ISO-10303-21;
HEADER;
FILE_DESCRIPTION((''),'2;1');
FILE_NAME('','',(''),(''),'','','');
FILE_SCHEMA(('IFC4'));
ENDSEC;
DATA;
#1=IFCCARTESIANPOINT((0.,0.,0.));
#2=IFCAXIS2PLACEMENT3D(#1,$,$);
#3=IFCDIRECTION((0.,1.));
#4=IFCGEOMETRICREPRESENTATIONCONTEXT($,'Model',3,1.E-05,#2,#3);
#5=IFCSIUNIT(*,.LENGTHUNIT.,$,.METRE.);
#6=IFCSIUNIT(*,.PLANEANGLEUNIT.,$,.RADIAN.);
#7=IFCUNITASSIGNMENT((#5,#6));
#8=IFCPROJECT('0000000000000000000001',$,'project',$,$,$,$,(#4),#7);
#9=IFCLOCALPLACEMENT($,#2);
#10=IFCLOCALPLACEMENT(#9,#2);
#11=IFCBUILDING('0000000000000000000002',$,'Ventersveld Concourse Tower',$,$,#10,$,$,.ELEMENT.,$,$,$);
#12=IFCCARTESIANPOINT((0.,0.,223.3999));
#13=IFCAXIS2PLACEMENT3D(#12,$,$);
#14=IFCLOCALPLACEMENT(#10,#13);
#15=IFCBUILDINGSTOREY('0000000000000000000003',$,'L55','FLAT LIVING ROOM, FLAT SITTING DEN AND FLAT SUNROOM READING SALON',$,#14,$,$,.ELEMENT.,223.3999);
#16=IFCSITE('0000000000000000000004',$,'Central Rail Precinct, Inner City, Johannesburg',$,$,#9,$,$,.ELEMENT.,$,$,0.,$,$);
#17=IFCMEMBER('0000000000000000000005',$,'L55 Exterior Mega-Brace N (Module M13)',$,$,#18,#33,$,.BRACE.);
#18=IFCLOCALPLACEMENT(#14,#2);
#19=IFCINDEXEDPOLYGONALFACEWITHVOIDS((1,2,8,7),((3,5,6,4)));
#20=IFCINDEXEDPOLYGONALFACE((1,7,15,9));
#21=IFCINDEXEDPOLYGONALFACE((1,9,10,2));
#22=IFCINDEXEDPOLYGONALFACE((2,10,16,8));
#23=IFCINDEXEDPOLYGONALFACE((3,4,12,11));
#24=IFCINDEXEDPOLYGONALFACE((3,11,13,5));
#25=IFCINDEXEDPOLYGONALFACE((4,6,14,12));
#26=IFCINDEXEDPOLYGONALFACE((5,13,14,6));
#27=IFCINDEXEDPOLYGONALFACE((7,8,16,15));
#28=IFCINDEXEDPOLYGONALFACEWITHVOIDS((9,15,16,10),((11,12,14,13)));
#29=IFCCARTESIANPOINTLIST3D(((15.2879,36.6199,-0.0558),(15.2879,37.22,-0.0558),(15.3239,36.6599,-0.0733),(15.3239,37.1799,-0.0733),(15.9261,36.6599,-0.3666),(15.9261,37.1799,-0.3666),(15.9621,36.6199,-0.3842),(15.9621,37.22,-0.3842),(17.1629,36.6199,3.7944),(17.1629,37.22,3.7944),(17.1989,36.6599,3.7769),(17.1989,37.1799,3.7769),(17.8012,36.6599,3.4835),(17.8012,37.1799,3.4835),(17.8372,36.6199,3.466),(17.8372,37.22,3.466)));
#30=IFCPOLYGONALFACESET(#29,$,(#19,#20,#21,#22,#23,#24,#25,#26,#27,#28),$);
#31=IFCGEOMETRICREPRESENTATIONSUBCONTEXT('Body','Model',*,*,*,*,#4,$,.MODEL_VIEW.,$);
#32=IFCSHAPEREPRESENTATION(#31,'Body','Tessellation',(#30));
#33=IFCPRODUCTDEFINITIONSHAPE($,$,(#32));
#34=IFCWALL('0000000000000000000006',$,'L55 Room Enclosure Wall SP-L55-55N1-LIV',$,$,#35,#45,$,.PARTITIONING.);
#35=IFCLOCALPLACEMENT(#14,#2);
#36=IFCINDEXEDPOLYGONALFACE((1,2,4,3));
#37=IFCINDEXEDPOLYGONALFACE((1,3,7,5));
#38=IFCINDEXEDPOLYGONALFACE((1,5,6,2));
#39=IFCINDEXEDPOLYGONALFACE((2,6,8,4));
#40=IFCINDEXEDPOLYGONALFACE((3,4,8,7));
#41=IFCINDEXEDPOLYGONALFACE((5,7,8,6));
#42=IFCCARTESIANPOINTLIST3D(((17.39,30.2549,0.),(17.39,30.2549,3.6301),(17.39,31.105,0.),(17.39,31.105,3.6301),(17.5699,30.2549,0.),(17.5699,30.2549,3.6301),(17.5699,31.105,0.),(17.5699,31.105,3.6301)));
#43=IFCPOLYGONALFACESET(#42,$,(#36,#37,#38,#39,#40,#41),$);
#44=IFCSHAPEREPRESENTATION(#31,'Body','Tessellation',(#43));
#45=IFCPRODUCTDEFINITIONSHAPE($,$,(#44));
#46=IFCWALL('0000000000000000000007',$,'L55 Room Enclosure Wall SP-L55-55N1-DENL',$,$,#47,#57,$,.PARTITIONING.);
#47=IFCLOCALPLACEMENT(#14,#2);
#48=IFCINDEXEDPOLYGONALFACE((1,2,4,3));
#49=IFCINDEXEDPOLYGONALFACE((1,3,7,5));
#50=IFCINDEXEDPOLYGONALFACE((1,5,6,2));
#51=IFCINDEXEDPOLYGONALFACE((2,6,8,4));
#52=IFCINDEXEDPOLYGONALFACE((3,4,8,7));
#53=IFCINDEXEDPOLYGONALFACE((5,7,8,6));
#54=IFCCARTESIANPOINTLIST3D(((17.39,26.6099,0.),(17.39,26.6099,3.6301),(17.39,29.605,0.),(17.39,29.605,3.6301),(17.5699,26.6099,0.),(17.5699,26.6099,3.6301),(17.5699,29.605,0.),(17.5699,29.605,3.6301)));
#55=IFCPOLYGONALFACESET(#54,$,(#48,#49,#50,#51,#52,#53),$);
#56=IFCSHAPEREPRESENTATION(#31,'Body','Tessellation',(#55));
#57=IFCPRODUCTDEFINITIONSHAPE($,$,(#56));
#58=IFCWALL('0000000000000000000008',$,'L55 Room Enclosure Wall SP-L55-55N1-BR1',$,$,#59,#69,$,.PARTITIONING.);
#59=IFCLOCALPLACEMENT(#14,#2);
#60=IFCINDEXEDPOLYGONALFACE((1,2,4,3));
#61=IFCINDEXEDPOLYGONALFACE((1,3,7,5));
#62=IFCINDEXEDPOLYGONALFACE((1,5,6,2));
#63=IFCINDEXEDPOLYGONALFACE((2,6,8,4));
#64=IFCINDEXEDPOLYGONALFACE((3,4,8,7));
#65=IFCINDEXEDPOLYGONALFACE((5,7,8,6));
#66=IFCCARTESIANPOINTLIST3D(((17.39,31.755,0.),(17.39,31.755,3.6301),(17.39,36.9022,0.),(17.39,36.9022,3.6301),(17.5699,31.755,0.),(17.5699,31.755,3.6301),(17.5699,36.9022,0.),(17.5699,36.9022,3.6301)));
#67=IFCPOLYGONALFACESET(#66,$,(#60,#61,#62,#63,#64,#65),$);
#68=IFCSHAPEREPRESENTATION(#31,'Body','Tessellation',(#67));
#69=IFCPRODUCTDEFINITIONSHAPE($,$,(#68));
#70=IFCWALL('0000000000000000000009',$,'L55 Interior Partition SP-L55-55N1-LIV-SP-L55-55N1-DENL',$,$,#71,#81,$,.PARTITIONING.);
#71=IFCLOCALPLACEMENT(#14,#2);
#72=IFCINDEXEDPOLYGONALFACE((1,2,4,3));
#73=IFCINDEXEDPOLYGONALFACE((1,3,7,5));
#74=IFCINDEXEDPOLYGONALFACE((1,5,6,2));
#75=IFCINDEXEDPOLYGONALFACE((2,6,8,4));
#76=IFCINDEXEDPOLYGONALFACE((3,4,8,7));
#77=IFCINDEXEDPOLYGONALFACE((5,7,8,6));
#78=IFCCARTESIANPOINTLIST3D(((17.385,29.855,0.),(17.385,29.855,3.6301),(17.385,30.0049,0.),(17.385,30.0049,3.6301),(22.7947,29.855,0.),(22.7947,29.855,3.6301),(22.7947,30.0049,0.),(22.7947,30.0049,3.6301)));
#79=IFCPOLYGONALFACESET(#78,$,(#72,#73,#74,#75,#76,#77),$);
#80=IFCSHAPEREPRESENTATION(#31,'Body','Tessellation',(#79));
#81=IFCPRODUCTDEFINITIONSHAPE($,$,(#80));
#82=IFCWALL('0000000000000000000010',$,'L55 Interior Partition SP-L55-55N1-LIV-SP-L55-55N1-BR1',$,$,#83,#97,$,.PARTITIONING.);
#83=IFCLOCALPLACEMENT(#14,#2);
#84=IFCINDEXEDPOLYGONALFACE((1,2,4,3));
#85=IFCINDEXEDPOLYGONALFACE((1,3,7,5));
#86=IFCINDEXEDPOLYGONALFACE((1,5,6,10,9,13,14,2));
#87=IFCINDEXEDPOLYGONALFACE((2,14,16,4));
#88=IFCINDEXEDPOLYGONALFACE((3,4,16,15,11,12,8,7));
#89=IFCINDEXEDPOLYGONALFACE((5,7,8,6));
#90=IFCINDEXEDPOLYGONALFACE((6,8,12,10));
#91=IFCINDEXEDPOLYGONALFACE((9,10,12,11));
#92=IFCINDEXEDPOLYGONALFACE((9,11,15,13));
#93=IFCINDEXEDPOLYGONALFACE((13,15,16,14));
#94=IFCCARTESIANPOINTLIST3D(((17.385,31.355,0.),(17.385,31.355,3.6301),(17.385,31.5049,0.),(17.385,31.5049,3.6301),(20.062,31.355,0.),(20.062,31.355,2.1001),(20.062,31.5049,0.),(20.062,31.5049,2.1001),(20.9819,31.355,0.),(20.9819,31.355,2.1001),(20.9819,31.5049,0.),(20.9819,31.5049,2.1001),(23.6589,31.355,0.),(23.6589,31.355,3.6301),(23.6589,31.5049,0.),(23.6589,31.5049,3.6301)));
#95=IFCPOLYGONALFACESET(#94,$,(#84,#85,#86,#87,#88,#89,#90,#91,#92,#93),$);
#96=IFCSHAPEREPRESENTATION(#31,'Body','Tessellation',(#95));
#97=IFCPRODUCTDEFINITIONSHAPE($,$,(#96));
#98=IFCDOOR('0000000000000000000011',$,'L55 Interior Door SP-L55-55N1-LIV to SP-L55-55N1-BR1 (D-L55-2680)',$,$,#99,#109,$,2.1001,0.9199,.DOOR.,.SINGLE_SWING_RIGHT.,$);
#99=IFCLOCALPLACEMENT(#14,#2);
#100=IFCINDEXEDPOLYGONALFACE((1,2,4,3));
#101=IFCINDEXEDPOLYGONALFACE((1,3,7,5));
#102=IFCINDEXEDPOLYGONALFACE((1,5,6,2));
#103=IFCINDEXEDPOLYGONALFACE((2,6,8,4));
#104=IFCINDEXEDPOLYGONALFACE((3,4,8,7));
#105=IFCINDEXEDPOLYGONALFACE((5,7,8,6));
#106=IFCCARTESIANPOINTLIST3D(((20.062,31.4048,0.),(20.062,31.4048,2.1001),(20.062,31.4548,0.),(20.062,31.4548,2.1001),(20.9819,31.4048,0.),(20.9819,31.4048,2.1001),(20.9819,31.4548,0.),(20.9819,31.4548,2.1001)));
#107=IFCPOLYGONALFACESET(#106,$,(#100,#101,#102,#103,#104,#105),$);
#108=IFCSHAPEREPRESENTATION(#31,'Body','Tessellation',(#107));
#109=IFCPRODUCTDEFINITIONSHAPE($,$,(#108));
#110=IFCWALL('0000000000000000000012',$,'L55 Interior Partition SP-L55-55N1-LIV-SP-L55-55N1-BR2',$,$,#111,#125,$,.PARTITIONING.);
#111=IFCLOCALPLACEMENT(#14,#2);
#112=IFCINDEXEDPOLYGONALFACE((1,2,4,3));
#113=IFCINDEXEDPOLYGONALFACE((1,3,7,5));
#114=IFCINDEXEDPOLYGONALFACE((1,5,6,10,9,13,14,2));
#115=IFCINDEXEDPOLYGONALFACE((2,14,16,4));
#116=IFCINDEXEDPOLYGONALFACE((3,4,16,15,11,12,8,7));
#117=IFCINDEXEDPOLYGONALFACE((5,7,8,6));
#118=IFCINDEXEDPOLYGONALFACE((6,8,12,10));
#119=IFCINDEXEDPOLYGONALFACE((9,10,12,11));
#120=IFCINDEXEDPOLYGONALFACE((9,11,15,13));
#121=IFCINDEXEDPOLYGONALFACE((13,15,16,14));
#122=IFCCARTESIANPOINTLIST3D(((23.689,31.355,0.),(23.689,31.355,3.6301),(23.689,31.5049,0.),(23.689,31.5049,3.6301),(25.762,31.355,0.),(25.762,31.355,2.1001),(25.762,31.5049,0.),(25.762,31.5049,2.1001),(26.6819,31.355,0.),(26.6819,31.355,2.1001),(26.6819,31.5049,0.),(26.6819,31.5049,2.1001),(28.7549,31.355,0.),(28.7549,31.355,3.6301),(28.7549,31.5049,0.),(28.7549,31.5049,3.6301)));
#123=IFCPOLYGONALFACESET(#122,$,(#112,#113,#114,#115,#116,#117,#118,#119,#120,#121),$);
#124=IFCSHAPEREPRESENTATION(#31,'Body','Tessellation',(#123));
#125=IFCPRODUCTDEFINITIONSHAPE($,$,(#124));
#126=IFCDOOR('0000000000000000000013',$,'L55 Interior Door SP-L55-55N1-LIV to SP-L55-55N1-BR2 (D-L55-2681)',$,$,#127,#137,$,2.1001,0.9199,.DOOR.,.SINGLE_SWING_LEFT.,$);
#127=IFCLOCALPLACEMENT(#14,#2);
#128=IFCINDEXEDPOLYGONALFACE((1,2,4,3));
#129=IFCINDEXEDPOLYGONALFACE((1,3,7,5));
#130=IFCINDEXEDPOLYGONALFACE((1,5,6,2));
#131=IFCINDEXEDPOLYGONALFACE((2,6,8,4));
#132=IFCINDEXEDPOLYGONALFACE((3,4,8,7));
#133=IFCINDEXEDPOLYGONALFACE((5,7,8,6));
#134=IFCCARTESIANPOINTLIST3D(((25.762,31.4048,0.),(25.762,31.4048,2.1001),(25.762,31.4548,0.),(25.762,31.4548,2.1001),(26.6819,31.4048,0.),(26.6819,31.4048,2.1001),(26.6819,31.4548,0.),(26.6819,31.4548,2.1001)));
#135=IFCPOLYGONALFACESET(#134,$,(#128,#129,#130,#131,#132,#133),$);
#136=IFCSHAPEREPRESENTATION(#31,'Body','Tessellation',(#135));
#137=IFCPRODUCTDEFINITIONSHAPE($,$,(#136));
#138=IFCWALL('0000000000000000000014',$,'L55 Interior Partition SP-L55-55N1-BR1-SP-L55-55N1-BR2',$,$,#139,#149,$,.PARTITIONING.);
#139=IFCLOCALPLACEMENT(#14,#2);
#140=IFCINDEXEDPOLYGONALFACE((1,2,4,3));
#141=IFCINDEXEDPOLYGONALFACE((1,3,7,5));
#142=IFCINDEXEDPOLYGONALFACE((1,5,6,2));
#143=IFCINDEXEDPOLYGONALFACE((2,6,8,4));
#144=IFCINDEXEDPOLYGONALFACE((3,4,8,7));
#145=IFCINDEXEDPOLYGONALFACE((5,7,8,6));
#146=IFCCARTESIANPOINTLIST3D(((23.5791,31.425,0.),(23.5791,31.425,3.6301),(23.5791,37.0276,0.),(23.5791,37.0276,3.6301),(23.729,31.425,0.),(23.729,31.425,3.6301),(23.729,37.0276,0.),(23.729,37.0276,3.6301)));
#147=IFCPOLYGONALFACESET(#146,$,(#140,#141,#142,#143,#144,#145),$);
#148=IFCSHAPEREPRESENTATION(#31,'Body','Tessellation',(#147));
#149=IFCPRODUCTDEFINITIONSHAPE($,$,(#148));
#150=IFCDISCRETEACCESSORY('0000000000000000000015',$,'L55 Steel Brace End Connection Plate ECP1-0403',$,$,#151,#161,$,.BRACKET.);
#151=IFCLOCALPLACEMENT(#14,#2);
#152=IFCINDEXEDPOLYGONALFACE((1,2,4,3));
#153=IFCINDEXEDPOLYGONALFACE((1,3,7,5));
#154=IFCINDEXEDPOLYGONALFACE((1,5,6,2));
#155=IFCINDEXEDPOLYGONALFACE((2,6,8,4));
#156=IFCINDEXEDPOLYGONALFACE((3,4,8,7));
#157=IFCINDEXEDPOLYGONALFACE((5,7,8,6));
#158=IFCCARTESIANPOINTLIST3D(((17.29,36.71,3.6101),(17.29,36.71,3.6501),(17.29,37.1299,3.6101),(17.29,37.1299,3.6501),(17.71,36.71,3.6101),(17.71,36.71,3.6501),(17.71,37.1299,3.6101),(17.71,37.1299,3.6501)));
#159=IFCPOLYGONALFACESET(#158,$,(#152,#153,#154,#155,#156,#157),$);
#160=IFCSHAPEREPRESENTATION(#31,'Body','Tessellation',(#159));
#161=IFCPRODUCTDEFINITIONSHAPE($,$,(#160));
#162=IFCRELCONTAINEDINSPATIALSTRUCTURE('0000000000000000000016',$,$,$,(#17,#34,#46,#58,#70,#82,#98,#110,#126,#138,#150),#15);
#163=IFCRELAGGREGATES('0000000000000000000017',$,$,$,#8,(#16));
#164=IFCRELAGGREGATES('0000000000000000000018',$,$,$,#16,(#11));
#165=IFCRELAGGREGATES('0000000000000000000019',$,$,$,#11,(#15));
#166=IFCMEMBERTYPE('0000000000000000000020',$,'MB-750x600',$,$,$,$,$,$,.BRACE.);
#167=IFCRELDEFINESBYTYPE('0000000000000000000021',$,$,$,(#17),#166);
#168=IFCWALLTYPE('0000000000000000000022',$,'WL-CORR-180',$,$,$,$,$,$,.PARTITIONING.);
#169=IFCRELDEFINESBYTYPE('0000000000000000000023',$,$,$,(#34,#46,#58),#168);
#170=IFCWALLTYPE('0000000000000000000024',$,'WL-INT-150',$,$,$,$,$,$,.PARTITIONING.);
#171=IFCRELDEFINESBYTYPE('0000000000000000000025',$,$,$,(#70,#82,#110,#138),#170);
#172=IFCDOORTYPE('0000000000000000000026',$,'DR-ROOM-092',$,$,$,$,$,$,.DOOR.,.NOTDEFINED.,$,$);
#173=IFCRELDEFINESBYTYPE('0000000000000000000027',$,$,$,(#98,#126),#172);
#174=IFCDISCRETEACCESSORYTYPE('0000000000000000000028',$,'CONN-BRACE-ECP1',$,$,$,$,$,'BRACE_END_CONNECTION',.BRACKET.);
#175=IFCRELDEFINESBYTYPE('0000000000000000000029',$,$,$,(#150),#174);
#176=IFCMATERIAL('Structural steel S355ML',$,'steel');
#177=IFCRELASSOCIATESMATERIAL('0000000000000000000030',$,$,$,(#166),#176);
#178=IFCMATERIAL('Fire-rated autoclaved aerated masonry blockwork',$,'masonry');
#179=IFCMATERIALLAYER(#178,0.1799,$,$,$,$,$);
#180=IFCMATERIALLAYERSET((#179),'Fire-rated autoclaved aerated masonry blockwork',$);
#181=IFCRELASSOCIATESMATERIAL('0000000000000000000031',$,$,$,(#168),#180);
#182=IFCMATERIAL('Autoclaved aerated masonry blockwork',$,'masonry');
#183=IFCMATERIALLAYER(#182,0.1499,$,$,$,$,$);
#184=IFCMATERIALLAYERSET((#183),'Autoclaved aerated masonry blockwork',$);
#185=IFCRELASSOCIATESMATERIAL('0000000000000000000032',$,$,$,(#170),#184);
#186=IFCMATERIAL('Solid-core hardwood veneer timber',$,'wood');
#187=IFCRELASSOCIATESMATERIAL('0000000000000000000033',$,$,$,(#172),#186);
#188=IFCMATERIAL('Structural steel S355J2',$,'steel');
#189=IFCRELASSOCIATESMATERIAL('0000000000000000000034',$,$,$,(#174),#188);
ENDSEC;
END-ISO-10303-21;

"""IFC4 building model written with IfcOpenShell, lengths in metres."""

from ifc_helpers import new_model, si_unit, direction, frame, frame_2d, origin, origin_2d, place, context, subcontext, project, spatial, rectangle, hollow_rectangle, extrude, material, layer, layer_set, material_profile, profile_set, type_object, element, fill, save


model = new_model("IFC4")

# Units and contexts
model_context = context("Model", 3, precision=1e-05, world=origin(), true_north=direction((0.0, 1.0)))
body_context = subcontext(model_context, "Body", "Model", "MODEL_VIEW")
ifc_project = project(units=[si_unit("LENGTHUNIT", "METRE"), si_unit("PLANEANGLEUNIT", "RADIAN")], contexts=[model_context])

# Site, building, storey
site_placement = place(None, origin())
site = spatial("IfcSite", under=ifc_project, at=site_placement, Name="Central Rail Precinct, Inner City, Johannesburg", CompositionType="ELEMENT", RefElevation=0.0)
building_placement = place(site_placement, origin())
building = spatial("IfcBuilding", under=site, at=building_placement, Name="Ventersveld Concourse Tower", CompositionType="ELEMENT")
storey_placement = place(building_placement, frame((0.0, 0.0, 223.3999)))
storey = spatial("IfcBuildingStorey", under=building, at=storey_placement, Name="L55", Description="FLAT LIVING ROOM, FLAT SITTING DEN AND FLAT SUNROOM READING SALON", CompositionType="ELEMENT", Elevation=223.3999)

# Shared definitions
ifc_material_1 = material(Name="Structural steel S355J2", Category="steel")

# Member
ifc_material_2 = material(Name="Structural steel S355ML", Category="steel")
ifc_material_profile_1 = material_profile(ifc_material_2, hollow_rectangle(XDim=0.6001, YDim=0.75, WallThickness=0.04, at=origin_2d()), Name="BOX 750x600x40")
ifc_profile_set_1 = profile_set([ifc_material_profile_1], Name="Structural steel S355ML")
member_type = type_object("IfcMemberType", Name="MB-750x600", PredefinedType="BRACE", material=ifc_profile_set_1)
member_placement = place(storey_placement, frame((15.625, 36.9199, -0.22), z_axis=(0.437839, 0.0, 0.899053), x_axis=(0.0, 1.0, 0.0)))
element("IfcMember", 1, at=member_placement, inside=storey, type_object=member_type, Name="L55 Exterior Mega-Brace N (Module M13)", PredefinedType="BRACE", context=body_context, shape_type="SweptSolid", body=[
    extrude(hollow_rectangle(XDim=0.6001, YDim=0.75, WallThickness=0.04, at=origin_2d()), origin(), (0.0, 0.0, 1.0), 4.2825),
])

# Walls
ifc_material_3 = material(Name="Fire-rated autoclaved aerated masonry blockwork", Category="masonry")
ifc_layer_1 = layer(ifc_material_3, 0.1799)
ifc_layer_set_1 = layer_set([ifc_layer_1], Name="Fire-rated autoclaved aerated masonry blockwork")
wall_type_1 = type_object("IfcWallType", Name="WL-CORR-180", PredefinedType="PARTITIONING", material=ifc_layer_set_1)
wall_1_placement = place(storey_placement, frame((17.48, 30.2549, 0.0), z_axis=(0.0, 0.0, 1.0), x_axis=(0.0, 1.0, 0.0)))
element("IfcWall", 2, at=wall_1_placement, inside=storey, type_object=wall_type_1, Name="L55 Room Enclosure Wall SP-L55-55N1-LIV", PredefinedType="PARTITIONING", context=body_context, shape_type="SweptSolid", body=[
    extrude(rectangle(XDim=0.8501, YDim=0.1799, at=frame_2d((0.425, 0.0))), origin(), (0.0, 0.0, 1.0), 3.6301),
])
wall_2_placement = place(storey_placement, frame((17.48, 26.6099, 0.0), z_axis=(0.0, 0.0, 1.0), x_axis=(0.0, 1.0, 0.0)))
element("IfcWall", 3, at=wall_2_placement, inside=storey, type_object=wall_type_1, Name="L55 Room Enclosure Wall SP-L55-55N1-DENL", PredefinedType="PARTITIONING", context=body_context, shape_type="SweptSolid", body=[
    extrude(rectangle(XDim=2.9951, YDim=0.1799, at=frame_2d((1.4976, 0.0))), origin(), (0.0, 0.0, 1.0), 3.6301),
])
wall_3_placement = place(storey_placement, frame((17.48, 31.7549, 0.0), z_axis=(0.0, 0.0, 1.0), x_axis=(0.0, 1.0, 0.0)))
element("IfcWall", 4, at=wall_3_placement, inside=storey, type_object=wall_type_1, Name="L55 Room Enclosure Wall SP-L55-55N1-BR1", PredefinedType="PARTITIONING", context=body_context, shape_type="SweptSolid", body=[
    extrude(rectangle(XDim=5.1472, YDim=0.1799, at=frame_2d((2.5737, 0.0))), origin(), (0.0, 0.0, 1.0), 3.6301),
])
ifc_material_4 = material(Name="Autoclaved aerated masonry blockwork", Category="masonry")
ifc_layer_2 = layer(ifc_material_4, 0.1499)
ifc_layer_set_2 = layer_set([ifc_layer_2], Name="Autoclaved aerated masonry blockwork")
wall_type_2 = type_object("IfcWallType", Name="WL-INT-150", PredefinedType="PARTITIONING", material=ifc_layer_set_2)
wall_4_placement = place(storey_placement, frame((17.385, 29.9299, 0.0), z_axis=(0.0, 0.0, 1.0), x_axis=(1.0, 0.0, 0.0)))
element("IfcWall", 5, at=wall_4_placement, inside=storey, type_object=wall_type_2, Name="L55 Interior Partition SP-L55-55N1-LIV-SP-L55-55N1-DENL", PredefinedType="PARTITIONING", context=body_context, shape_type="SweptSolid", body=[
    extrude(rectangle(XDim=5.4097, YDim=0.1499, at=frame_2d((2.7048, 0.0))), origin(), (0.0, 0.0, 1.0), 3.6301),
])

# Walls, openings, doors
wall_5_placement = place(storey_placement, frame((17.385, 31.4299, 0.0), z_axis=(0.0, 0.0, 1.0), x_axis=(1.0, 0.0, 0.0)))
wall_5 = element("IfcWall", 6, at=wall_5_placement, inside=storey, type_object=wall_type_2, Name="L55 Interior Partition SP-L55-55N1-LIV-SP-L55-55N1-BR1", PredefinedType="PARTITIONING", context=body_context, shape_type="SweptSolid", body=[
    extrude(rectangle(XDim=6.2739, YDim=0.1499, at=frame_2d((3.137, 0.0))), origin(), (0.0, 0.0, 1.0), 3.6301),
])
opening_1_placement = place(wall_5_placement, frame((2.677, 0.0, 0.0)))
opening_1 = element("IfcOpeningElement", 7, at=opening_1_placement, cuts=wall_5, PredefinedType="OPENING", context=body_context, shape_type="SweptSolid", body=[
    extrude(rectangle(XDim=0.9199, YDim=2.1001, at=frame_2d((0.46, 1.05))), frame((0.0, 0.085, 0.0), z_axis=(0.0, -1.0, 0.0), x_axis=(1.0, 0.0, 0.0)), (0.0, 0.0, 1.0), 0.1699),
])
ifc_material_5 = material(Name="Solid-core hardwood veneer timber", Category="wood")
door_type = type_object("IfcDoorType", Name="DR-ROOM-092", OperationType="NOTDEFINED", PredefinedType="DOOR", material=ifc_material_5)
door_1_placement = place(opening_1_placement, origin())
door_1 = element("IfcDoor", 8, at=door_1_placement, inside=storey, type_object=door_type, Name="L55 Interior Door SP-L55-55N1-LIV to SP-L55-55N1-BR1 (D-L55-2680)", OperationType="SINGLE_SWING_RIGHT", OverallHeight=2.1001, OverallWidth=0.9199, PredefinedType="DOOR", context=body_context, shape_type="SweptSolid", body=[
    extrude(rectangle(XDim=0.9199, YDim=2.1001, at=frame_2d((0.46, 1.05))), frame((0.0, 0.0249, 0.0), z_axis=(0.0, -1.0, 0.0), x_axis=(1.0, 0.0, 0.0)), (0.0, 0.0, 1.0), 0.05),
])
fill(opening_1, door_1)
wall_6_placement = place(storey_placement, frame((23.689, 31.4299, 0.0), z_axis=(0.0, 0.0, 1.0), x_axis=(1.0, 0.0, 0.0)))
wall_6 = element("IfcWall", 9, at=wall_6_placement, inside=storey, type_object=wall_type_2, Name="L55 Interior Partition SP-L55-55N1-LIV-SP-L55-55N1-BR2", PredefinedType="PARTITIONING", context=body_context, shape_type="SweptSolid", body=[
    extrude(rectangle(XDim=5.0659, YDim=0.1499, at=frame_2d((2.533, 0.0))), origin(), (0.0, 0.0, 1.0), 3.6301),
])
opening_2_placement = place(wall_6_placement, frame((2.073, 0.0, 0.0)))
opening_2 = element("IfcOpeningElement", 10, at=opening_2_placement, cuts=wall_6, PredefinedType="OPENING", context=body_context, shape_type="SweptSolid", body=[
    extrude(rectangle(XDim=0.9199, YDim=2.1001, at=frame_2d((0.46, 1.05))), frame((0.0, 0.085, 0.0), z_axis=(0.0, -1.0, 0.0), x_axis=(1.0, 0.0, 0.0)), (0.0, 0.0, 1.0), 0.1699),
])
door_2_placement = place(opening_2_placement, origin())
door_2 = element("IfcDoor", 11, at=door_2_placement, inside=storey, type_object=door_type, Name="L55 Interior Door SP-L55-55N1-LIV to SP-L55-55N1-BR2 (D-L55-2681)", OperationType="SINGLE_SWING_LEFT", OverallHeight=2.1001, OverallWidth=0.9199, PredefinedType="DOOR", context=body_context, shape_type="SweptSolid", body=[
    extrude(rectangle(XDim=0.9199, YDim=2.1001, at=frame_2d((0.46, 1.05))), frame((0.0, 0.0249, 0.0), z_axis=(0.0, -1.0, 0.0), x_axis=(1.0, 0.0, 0.0)), (0.0, 0.0, 1.0), 0.05),
])
fill(opening_2, door_2)

# Wall
wall_7_placement = place(storey_placement, frame((23.6541, 31.425, 0.0), z_axis=(0.0, 0.0, 1.0), x_axis=(0.0, 1.0, 0.0)))
element("IfcWall", 12, at=wall_7_placement, inside=storey, type_object=wall_type_2, Name="L55 Interior Partition SP-L55-55N1-BR1-SP-L55-55N1-BR2", PredefinedType="PARTITIONING", context=body_context, shape_type="SweptSolid", body=[
    extrude(rectangle(XDim=5.6025, YDim=0.1499, at=frame_2d((2.8013, 0.0))), origin(), (0.0, 0.0, 1.0), 3.6301),
])

# Discrete accessory
discrete_accessory_type = type_object("IfcDiscreteAccessoryType", Name="CONN-BRACE-ECP1", ElementType="BRACE_END_CONNECTION", PredefinedType="BRACKET", material=ifc_material_1)
discrete_accessory_placement = place(storey_placement, frame((17.5, 36.9199, 3.6101), z_axis=(0.0, 0.0, 1.0), x_axis=(1.0, 0.0, 0.0)))
element("IfcDiscreteAccessory", 13, at=discrete_accessory_placement, inside=storey, type_object=discrete_accessory_type, Name="L55 Steel Brace End Connection Plate ECP1-0403", PredefinedType="BRACKET", context=body_context, shape_type="SweptSolid", body=[
    extrude(rectangle(XDim=0.4199, YDim=0.4199, at=origin_2d()), origin(), (0.0, 0.0, 1.0), 0.04),
])

save(model, "model.ifc")
